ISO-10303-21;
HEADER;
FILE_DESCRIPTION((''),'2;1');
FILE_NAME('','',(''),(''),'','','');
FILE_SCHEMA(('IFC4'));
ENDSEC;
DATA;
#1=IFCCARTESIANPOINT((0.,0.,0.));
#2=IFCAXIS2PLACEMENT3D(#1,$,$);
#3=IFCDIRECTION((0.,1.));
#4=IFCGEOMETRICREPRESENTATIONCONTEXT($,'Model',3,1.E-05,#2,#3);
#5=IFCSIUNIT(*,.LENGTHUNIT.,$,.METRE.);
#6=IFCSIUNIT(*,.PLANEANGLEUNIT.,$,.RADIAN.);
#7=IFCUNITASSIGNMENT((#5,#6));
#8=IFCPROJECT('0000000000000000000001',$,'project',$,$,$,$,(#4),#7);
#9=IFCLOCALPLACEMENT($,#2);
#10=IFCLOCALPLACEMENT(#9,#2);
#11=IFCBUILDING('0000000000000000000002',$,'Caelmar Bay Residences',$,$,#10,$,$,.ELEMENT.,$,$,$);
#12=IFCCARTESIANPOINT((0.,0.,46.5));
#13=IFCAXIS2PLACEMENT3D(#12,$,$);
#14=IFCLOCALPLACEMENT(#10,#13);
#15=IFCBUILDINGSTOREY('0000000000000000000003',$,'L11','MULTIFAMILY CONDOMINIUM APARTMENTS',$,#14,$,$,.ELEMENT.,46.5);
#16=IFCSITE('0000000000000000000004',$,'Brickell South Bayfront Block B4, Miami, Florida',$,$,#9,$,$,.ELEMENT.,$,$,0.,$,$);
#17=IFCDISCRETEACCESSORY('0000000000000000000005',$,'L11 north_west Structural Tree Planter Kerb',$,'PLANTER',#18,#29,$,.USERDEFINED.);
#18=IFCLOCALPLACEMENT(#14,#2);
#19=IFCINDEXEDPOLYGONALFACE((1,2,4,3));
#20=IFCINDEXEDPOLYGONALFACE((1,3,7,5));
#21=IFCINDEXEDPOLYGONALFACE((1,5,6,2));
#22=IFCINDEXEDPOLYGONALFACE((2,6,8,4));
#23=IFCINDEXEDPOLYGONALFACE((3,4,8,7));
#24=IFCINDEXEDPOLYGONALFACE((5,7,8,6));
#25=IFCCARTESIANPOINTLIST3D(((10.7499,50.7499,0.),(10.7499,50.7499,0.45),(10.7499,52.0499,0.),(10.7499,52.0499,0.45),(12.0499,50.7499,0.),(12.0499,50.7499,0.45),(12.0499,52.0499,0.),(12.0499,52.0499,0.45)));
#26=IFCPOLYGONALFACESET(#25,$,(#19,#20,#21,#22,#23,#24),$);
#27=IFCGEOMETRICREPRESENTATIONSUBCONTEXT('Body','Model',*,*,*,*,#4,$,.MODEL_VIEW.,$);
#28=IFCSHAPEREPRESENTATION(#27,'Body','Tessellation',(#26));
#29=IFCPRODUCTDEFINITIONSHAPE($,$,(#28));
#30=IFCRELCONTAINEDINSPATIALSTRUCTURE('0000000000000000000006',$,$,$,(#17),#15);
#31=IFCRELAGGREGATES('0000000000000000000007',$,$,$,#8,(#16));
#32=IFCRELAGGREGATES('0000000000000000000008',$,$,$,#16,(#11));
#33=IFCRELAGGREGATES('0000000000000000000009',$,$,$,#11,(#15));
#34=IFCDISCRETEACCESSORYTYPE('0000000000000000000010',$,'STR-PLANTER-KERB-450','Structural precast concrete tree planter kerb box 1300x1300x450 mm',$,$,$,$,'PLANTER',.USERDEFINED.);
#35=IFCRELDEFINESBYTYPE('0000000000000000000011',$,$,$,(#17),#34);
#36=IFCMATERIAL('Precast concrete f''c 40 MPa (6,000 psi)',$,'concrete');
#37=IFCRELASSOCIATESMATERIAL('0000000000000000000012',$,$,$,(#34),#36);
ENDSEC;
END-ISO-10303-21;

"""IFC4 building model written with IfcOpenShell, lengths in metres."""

from ifc_helpers import new_model, si_unit, direction, frame, origin, origin_2d, place, context, subcontext, project, spatial, rectangle, extrude, material, type_object, element, save


model = new_model("IFC4")

# Units and contexts
model_context = context("Model", 3, precision=1e-05, world=origin(), true_north=direction((0.0, 1.0)))
body_context = subcontext(model_context, "Body", "Model", "MODEL_VIEW")
ifc_project = project(units=[si_unit("LENGTHUNIT", "METRE"), si_unit("PLANEANGLEUNIT", "RADIAN")], contexts=[model_context])

# Site, building, storey
site_placement = place(None, origin())
site = spatial("IfcSite", under=ifc_project, at=site_placement, Name="Brickell South Bayfront Block B4, Miami, Florida", CompositionType="ELEMENT", RefElevation=0.0)
building_placement = place(site_placement, origin())
building = spatial("IfcBuilding", under=site, at=building_placement, Name="Caelmar Bay Residences", CompositionType="ELEMENT")
storey_placement = place(building_placement, frame((0.0, 0.0, 46.5)))
storey = spatial("IfcBuildingStorey", under=building, at=storey_placement, Name="L11", Description="MULTIFAMILY CONDOMINIUM APARTMENTS", CompositionType="ELEMENT", Elevation=46.5)

# Shared definitions
ifc_material_1 = material(Name="Precast concrete f'c 40 MPa (6,000 psi)", Category="concrete")

# Discrete accessory
discrete_accessory_type = type_object("IfcDiscreteAccessoryType", Name="STR-PLANTER-KERB-450", Description="Structural precast concrete tree planter kerb box 1300x1300x450 mm", ElementType="PLANTER", PredefinedType="USERDEFINED", material=ifc_material_1)
discrete_accessory_placement = place(storey_placement, frame((11.3999, 51.3999, 0.0), z_axis=(0.0, 0.0, 1.0), x_axis=(1.0, 0.0, 0.0)))
element("IfcDiscreteAccessory", 1, at=discrete_accessory_placement, inside=storey, type_object=discrete_accessory_type, Name="L11 north_west Structural Tree Planter Kerb", ObjectType="PLANTER", PredefinedType="USERDEFINED", context=body_context, shape_type="SweptSolid", body=[
    extrude(rectangle(XDim=1.3, YDim=1.3, at=origin_2d()), origin(), (0.0, 0.0, 1.0), 0.45),
])

save(model, "model.ifc")
